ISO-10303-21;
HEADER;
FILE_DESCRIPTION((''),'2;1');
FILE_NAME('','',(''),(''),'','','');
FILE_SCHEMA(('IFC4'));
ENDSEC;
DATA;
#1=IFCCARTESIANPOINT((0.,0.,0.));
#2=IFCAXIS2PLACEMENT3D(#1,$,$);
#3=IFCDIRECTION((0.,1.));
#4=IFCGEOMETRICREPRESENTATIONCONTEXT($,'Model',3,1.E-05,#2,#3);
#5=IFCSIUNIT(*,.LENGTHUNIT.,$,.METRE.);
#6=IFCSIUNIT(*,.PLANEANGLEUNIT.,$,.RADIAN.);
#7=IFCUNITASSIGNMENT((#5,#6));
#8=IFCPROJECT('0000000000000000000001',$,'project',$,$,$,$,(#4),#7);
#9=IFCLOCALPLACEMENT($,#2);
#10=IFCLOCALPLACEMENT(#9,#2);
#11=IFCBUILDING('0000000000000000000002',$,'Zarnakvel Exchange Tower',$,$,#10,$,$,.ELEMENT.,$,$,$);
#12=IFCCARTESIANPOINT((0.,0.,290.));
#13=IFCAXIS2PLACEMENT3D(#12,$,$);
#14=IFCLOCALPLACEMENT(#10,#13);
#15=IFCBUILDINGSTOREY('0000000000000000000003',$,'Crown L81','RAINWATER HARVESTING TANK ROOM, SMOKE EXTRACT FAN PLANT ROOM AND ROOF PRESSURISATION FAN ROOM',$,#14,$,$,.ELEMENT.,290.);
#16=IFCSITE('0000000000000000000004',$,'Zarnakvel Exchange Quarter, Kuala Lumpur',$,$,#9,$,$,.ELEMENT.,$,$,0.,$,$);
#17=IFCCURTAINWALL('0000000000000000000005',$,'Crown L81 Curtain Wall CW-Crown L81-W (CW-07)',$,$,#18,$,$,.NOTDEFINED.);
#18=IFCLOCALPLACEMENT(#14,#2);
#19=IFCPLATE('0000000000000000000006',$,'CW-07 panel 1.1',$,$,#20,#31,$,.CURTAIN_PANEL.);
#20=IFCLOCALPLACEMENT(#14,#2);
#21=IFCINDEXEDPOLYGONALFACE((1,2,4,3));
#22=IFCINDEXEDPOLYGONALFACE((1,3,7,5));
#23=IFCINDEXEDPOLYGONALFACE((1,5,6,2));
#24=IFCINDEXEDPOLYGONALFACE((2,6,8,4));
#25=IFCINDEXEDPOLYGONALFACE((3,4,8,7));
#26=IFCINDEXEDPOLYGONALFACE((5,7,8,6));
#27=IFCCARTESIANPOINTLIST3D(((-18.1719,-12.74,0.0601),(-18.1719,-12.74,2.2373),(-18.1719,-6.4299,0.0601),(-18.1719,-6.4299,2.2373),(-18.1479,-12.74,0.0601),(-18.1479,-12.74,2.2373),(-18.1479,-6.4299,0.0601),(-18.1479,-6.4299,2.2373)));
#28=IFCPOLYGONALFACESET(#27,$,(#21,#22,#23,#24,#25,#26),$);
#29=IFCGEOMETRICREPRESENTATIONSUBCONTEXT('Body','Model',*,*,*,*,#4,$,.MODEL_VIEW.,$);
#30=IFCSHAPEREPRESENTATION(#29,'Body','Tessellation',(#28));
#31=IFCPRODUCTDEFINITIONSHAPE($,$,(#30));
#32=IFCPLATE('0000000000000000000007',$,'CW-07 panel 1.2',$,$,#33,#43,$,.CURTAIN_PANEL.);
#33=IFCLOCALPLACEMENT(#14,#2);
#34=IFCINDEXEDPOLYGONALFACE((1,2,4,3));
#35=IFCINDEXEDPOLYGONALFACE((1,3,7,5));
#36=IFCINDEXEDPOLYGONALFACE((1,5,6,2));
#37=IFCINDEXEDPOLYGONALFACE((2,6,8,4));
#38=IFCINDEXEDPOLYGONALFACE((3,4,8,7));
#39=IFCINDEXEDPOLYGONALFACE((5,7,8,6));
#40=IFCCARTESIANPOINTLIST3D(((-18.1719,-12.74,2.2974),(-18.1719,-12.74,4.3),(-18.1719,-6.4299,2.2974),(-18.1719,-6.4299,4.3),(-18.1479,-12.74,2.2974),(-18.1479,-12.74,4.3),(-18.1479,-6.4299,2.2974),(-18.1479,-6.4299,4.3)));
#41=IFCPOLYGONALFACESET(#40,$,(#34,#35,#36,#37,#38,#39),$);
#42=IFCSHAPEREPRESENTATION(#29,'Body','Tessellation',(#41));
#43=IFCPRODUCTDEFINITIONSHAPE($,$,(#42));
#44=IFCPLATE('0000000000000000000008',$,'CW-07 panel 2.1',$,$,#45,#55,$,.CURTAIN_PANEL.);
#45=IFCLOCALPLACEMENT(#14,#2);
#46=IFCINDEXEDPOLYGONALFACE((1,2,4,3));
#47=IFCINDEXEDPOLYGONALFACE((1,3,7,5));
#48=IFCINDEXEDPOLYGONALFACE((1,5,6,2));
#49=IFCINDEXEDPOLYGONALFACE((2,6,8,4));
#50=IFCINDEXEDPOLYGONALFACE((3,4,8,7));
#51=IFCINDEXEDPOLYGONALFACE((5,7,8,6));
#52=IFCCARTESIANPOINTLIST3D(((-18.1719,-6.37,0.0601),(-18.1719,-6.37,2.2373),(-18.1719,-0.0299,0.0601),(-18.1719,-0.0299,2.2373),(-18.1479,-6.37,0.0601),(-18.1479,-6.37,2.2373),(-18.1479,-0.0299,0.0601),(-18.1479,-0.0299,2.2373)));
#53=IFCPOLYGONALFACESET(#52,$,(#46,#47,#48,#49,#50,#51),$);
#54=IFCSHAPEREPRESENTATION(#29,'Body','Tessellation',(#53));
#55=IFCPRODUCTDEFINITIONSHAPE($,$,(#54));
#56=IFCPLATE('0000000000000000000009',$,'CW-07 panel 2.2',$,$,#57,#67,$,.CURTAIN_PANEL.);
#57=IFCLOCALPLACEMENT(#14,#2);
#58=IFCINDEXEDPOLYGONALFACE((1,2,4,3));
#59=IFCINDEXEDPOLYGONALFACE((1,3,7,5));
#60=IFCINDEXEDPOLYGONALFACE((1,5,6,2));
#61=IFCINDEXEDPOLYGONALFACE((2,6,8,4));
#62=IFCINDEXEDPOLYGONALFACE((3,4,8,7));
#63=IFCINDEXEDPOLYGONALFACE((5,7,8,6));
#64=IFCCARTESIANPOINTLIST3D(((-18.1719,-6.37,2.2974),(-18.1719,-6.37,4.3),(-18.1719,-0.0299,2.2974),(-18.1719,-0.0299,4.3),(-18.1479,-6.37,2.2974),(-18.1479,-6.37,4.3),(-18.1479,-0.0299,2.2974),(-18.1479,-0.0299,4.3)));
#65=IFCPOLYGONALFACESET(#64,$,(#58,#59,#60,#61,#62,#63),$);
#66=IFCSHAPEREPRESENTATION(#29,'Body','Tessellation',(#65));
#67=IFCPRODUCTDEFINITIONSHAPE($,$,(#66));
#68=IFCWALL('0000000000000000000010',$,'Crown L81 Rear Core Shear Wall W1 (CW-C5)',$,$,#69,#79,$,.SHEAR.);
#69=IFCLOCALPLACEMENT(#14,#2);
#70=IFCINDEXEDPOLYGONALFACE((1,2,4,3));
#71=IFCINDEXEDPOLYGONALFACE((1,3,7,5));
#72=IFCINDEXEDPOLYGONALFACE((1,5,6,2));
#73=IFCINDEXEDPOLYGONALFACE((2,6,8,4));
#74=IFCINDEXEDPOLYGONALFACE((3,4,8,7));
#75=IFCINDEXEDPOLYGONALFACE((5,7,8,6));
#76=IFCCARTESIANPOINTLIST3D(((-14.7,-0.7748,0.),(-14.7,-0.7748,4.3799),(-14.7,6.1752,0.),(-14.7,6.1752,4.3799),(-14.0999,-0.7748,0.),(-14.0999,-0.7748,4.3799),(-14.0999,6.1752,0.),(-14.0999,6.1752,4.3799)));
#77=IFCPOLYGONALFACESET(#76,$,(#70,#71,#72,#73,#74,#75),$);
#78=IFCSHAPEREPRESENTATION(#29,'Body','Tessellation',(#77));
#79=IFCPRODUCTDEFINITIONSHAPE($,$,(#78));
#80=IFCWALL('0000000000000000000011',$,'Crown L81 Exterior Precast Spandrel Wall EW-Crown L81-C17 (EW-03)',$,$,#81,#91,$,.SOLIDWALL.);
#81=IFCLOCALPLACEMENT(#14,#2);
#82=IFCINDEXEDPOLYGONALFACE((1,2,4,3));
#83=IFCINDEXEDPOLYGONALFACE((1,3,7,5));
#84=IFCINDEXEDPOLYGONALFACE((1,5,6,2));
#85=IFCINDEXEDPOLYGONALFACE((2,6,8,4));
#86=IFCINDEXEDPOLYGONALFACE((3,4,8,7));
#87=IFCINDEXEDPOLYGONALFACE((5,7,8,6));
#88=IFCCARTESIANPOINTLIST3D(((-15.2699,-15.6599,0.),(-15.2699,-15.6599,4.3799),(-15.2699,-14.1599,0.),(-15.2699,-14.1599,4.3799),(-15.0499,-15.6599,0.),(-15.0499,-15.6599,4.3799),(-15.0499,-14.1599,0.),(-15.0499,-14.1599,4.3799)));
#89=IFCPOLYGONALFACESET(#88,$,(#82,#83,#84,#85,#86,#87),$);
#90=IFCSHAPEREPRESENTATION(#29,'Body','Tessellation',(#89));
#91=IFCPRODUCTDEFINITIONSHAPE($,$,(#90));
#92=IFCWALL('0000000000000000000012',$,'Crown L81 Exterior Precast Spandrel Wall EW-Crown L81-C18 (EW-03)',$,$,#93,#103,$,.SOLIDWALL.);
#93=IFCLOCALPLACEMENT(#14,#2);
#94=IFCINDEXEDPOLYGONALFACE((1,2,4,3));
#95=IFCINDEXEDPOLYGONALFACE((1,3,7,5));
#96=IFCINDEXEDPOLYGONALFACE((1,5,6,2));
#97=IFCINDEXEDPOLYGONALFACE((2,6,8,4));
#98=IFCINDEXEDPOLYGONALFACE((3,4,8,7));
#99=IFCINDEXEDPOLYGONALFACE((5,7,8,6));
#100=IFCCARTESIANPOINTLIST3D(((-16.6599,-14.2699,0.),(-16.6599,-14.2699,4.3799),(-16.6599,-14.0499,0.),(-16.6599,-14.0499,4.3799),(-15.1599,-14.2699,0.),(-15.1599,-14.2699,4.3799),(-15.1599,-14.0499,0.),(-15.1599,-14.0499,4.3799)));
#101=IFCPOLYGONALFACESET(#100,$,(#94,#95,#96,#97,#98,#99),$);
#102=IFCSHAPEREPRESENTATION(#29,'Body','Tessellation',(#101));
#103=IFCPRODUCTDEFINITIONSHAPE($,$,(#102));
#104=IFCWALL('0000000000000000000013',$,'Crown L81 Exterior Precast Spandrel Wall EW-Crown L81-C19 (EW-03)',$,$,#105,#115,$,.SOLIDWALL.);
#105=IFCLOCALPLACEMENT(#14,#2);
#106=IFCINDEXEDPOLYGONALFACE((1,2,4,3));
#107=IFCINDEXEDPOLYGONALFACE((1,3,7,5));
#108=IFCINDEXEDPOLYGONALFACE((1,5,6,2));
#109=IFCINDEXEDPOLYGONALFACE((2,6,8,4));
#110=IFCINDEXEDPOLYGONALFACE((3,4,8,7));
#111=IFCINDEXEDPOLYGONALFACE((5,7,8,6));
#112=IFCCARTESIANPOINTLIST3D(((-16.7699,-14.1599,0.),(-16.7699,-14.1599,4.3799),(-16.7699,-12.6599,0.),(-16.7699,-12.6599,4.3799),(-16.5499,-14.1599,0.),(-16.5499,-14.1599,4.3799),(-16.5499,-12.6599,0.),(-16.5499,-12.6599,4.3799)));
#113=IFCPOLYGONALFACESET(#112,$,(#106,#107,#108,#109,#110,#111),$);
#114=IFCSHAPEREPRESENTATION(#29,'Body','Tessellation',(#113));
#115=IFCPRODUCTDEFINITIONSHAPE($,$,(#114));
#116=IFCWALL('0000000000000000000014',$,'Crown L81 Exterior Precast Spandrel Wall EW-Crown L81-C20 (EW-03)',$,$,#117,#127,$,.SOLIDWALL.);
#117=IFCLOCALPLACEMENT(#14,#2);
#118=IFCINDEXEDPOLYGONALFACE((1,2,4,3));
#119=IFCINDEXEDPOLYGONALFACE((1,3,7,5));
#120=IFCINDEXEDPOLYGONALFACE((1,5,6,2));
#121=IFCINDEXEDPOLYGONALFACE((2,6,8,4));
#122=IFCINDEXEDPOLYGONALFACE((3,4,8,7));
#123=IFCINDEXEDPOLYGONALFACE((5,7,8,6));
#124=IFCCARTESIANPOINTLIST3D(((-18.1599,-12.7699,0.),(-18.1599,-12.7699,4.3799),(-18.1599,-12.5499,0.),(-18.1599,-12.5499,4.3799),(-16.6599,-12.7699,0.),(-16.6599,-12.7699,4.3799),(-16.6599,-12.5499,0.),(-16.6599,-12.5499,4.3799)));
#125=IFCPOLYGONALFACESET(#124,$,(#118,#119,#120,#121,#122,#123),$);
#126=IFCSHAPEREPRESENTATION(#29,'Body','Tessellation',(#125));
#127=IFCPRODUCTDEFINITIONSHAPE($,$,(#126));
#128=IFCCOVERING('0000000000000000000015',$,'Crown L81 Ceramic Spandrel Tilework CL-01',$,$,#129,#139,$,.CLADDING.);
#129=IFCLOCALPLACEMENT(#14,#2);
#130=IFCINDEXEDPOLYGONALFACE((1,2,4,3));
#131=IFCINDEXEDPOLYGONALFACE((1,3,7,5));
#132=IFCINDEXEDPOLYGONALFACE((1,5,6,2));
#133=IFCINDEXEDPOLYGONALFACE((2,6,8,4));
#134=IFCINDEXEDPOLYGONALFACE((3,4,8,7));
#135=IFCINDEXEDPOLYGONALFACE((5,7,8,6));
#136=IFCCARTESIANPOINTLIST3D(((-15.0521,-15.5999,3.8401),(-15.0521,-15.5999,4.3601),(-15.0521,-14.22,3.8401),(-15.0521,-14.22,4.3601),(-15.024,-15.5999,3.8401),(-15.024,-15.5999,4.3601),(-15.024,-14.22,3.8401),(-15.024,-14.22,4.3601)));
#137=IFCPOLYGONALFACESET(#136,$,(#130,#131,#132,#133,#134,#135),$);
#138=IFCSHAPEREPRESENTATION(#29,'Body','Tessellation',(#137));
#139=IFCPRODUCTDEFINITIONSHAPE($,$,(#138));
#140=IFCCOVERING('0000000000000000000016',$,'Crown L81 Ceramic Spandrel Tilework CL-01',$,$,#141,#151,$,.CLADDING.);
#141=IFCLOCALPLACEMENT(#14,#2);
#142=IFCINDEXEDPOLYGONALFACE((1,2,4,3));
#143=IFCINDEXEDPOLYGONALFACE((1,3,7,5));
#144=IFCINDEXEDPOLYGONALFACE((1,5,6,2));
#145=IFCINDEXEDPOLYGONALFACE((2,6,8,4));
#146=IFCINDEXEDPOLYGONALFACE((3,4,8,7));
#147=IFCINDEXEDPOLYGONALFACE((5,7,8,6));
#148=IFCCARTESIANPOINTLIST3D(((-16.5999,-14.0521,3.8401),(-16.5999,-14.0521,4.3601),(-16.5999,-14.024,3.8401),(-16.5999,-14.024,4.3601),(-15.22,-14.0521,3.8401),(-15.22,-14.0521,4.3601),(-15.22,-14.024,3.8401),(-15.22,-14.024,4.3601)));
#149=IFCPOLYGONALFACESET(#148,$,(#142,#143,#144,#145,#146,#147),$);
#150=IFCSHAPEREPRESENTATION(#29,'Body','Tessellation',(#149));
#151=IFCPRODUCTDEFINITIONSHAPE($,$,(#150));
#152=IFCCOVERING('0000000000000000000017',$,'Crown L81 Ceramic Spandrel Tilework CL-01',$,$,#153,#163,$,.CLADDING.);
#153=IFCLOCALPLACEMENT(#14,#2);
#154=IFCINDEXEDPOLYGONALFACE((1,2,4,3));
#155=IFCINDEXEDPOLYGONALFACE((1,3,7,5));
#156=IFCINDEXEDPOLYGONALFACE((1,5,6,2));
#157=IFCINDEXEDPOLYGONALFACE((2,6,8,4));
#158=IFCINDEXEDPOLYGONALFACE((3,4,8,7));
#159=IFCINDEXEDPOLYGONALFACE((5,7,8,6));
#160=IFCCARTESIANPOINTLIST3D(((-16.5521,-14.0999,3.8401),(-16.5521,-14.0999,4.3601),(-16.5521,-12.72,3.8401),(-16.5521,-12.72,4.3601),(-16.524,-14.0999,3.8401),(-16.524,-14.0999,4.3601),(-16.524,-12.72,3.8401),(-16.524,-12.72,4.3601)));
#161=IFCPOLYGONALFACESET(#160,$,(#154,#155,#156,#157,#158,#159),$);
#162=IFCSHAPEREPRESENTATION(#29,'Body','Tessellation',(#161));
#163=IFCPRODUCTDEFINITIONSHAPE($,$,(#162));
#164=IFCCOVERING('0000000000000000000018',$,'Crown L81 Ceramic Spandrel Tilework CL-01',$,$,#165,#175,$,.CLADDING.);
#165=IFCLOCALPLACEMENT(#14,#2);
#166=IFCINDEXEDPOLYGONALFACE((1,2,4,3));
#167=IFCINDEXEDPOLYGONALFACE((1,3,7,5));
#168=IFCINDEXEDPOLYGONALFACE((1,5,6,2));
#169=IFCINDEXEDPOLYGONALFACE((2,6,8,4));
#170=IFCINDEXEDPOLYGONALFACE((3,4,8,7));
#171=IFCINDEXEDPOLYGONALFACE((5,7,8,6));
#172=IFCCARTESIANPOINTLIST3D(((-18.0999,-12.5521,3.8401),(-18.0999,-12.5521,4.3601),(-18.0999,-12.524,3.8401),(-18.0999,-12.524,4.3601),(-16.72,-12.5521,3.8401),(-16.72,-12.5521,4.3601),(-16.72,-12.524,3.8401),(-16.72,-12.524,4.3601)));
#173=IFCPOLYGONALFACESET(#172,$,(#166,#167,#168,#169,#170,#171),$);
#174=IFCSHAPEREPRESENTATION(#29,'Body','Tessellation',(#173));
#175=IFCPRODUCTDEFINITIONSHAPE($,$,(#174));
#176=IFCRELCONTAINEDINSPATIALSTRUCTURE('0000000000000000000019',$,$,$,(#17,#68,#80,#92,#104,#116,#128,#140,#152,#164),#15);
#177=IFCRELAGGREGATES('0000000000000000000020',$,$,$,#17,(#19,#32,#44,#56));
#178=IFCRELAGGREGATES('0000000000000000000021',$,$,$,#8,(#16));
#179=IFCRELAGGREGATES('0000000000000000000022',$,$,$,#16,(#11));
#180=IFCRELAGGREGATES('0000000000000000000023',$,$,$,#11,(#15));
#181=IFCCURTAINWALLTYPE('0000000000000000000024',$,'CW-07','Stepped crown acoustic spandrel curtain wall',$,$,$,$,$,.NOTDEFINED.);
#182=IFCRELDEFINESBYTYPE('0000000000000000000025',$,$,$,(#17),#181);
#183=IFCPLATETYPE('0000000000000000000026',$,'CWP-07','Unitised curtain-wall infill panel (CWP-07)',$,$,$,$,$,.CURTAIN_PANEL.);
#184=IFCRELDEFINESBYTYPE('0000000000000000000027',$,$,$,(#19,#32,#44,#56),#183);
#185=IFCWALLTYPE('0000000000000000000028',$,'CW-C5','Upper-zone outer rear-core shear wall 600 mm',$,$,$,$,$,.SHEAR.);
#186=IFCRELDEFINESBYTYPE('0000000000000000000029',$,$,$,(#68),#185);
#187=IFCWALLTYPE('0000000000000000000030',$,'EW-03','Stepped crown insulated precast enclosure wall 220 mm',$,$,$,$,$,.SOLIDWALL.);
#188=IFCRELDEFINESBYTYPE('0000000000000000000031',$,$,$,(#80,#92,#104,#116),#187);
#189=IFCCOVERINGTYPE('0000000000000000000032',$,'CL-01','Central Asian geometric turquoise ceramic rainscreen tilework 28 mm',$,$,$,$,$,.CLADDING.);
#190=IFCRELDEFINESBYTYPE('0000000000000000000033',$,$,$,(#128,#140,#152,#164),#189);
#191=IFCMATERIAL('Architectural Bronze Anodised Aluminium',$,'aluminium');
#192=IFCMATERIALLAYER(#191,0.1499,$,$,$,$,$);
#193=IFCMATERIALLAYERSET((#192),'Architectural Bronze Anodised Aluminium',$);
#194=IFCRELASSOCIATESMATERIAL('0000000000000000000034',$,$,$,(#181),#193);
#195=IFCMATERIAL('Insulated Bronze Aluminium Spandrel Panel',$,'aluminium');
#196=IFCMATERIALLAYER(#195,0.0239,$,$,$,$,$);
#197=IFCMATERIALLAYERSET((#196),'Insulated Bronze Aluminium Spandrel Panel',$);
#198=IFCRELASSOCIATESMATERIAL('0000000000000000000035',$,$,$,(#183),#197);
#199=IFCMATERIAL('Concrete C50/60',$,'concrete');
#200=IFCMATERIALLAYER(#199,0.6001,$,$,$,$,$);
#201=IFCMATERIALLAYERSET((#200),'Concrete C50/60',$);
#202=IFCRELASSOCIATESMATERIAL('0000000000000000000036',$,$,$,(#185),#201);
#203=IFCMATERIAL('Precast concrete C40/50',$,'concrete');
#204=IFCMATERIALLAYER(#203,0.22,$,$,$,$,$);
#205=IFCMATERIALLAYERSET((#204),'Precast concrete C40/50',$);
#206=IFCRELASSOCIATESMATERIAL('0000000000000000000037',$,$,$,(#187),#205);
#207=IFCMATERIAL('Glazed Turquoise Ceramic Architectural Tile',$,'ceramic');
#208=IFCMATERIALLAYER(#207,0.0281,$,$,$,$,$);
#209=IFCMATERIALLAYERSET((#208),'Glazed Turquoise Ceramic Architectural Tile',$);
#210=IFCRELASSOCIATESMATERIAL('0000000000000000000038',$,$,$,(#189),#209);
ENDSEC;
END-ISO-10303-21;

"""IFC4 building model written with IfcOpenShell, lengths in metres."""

from ifc_helpers import new_model, si_unit, direction, frame, frame_2d, origin, origin_2d, place, context, subcontext, project, spatial, rectangle, extrude, source, transform, mapped, material, layer, layer_set, type_object, element, aggregate, save


model = new_model("IFC4")

# Units and contexts
model_context = context("Model", 3, precision=1e-05, world=origin(), true_north=direction((0.0, 1.0)))
body_context = subcontext(model_context, "Body", "Model", "MODEL_VIEW")
ifc_project = project(units=[si_unit("LENGTHUNIT", "METRE"), si_unit("PLANEANGLEUNIT", "RADIAN")], contexts=[model_context])

# Site, building, storey
site_placement = place(None, origin())
site = spatial("IfcSite", under=ifc_project, at=site_placement, Name="Zarnakvel Exchange Quarter, Kuala Lumpur", CompositionType="ELEMENT", RefElevation=0.0)
building_placement = place(site_placement, origin())
building = spatial("IfcBuilding", under=site, at=building_placement, Name="Zarnakvel Exchange Tower", CompositionType="ELEMENT")
storey_placement = place(building_placement, frame((0.0, 0.0, 290.0)))
storey = spatial("IfcBuildingStorey", under=building, at=storey_placement, Name="Crown L81", Description="RAINWATER HARVESTING TANK ROOM, SMOKE EXTRACT FAN PLANT ROOM AND ROOF PRESSURISATION FAN ROOM", CompositionType="ELEMENT", Elevation=290.0)

# Shared definitions
ifc_material_1 = material(Name="Concrete C50/60", Category="concrete")

# Shared definitions
ifc_material_2 = material(Name="Architectural Bronze Anodised Aluminium", Category="aluminium")
ifc_layer_1 = layer(ifc_material_2, 0.1499)
ifc_layer_set_1 = layer_set([ifc_layer_1], Name="Architectural Bronze Anodised Aluminium")
curtain_wall_type = type_object("IfcCurtainWallType", Name="CW-07", Description="Stepped crown acoustic spandrel curtain wall", PredefinedType="NOTDEFINED", material=ifc_layer_set_1)

# Curtain wall
curtain_wall_1_placement = place(storey_placement, origin())
curtain_wall_1 = element("IfcCurtainWall", 1, at=curtain_wall_1_placement, inside=storey, type_object=curtain_wall_type, Name="Crown L81 Curtain Wall CW-Crown L81-W (CW-07)", PredefinedType="NOTDEFINED")

# Plates
ifc_material_3 = material(Name="Insulated Bronze Aluminium Spandrel Panel", Category="aluminium")
ifc_layer_2 = layer(ifc_material_3, 0.0239)
ifc_layer_set_2 = layer_set([ifc_layer_2], Name="Insulated Bronze Aluminium Spandrel Panel")
plate_type = type_object("IfcPlateType", Name="CWP-07", Description="Unitised curtain-wall infill panel (CWP-07)", PredefinedType="CURTAIN_PANEL", material=ifc_layer_set_2)
shared_shape_1 = source(origin(), body_context, "Body", "SweptSolid", [
    extrude(rectangle(XDim=6.3101, YDim=0.0239, at=origin_2d()), origin(), (0.0, 0.0, 1.0), 2.1772),
])
plate_1_placement = place(storey_placement, frame((-18.1599, -9.585, 0.0601), z_axis=(0.0, 0.0, 1.0), x_axis=(0.0, 1.0, 0.0)))
plate_1 = element("IfcPlate", 2, at=plate_1_placement, type_object=plate_type, Name="CW-07 panel 1.1", PredefinedType="CURTAIN_PANEL", context=body_context, shape_type="MappedRepresentation", body=[
    mapped(shared_shape_1, transform((0.0, 0.0, 0.0), x_axis=(1.0, 0.0, 0.0), y_axis=(0.0, 1.0, 0.0), z_axis=(0.0, 0.0, 1.0), scale=1.0)),
])
shared_shape_2 = source(origin(), body_context, "Body", "SweptSolid", [
    extrude(rectangle(XDim=6.3101, YDim=0.0239, at=origin_2d()), origin(), (0.0, 0.0, 1.0), 2.0027),
])
plate_2_placement = place(storey_placement, frame((-18.1599, -9.585, 2.2974), z_axis=(0.0, 0.0, 1.0), x_axis=(0.0, 1.0, 0.0)))
plate_2 = element("IfcPlate", 3, at=plate_2_placement, type_object=plate_type, Name="CW-07 panel 1.2", PredefinedType="CURTAIN_PANEL", context=body_context, shape_type="MappedRepresentation", body=[
    mapped(shared_shape_2, transform((0.0, 0.0, 0.0), x_axis=(1.0, 0.0, 0.0), y_axis=(0.0, 1.0, 0.0), z_axis=(0.0, 0.0, 1.0), scale=1.0)),
])
shared_shape_3 = source(origin(), body_context, "Body", "SweptSolid", [
    extrude(rectangle(XDim=6.3401, YDim=0.0239, at=origin_2d()), origin(), (0.0, 0.0, 1.0), 2.1772),
])
plate_3_placement = place(storey_placement, frame((-18.1599, -3.2, 0.0601), z_axis=(0.0, 0.0, 1.0), x_axis=(0.0, 1.0, 0.0)))
plate_3 = element("IfcPlate", 4, at=plate_3_placement, type_object=plate_type, Name="CW-07 panel 2.1", PredefinedType="CURTAIN_PANEL", context=body_context, shape_type="MappedRepresentation", body=[
    mapped(shared_shape_3, transform((0.0, 0.0, 0.0), x_axis=(1.0, 0.0, 0.0), y_axis=(0.0, 1.0, 0.0), z_axis=(0.0, 0.0, 1.0), scale=1.0)),
])
shared_shape_4 = source(origin(), body_context, "Body", "SweptSolid", [
    extrude(rectangle(XDim=6.3401, YDim=0.0239, at=origin_2d()), origin(), (0.0, 0.0, 1.0), 2.0027),
])
plate_4_placement = place(storey_placement, frame((-18.1599, -3.2, 2.2974), z_axis=(0.0, 0.0, 1.0), x_axis=(0.0, 1.0, 0.0)))
plate_4 = element("IfcPlate", 5, at=plate_4_placement, type_object=plate_type, Name="CW-07 panel 2.2", PredefinedType="CURTAIN_PANEL", context=body_context, shape_type="MappedRepresentation", body=[
    mapped(shared_shape_4, transform((0.0, 0.0, 0.0), x_axis=(1.0, 0.0, 0.0), y_axis=(0.0, 1.0, 0.0), z_axis=(0.0, 0.0, 1.0), scale=1.0)),
])
aggregate(curtain_wall_1, [plate_1, plate_2, plate_3, plate_4])

# Walls
ifc_layer_3 = layer(ifc_material_1, 0.6001)
ifc_layer_set_3 = layer_set([ifc_layer_3], Name="Concrete C50/60")
wall_type_1 = type_object("IfcWallType", Name="CW-C5", Description="Upper-zone outer rear-core shear wall 600 mm", PredefinedType="SHEAR", material=ifc_layer_set_3)
wall_placement = place(storey_placement, frame((-14.3999, -0.7749, 0.0), z_axis=(0.0, 0.0, 1.0), x_axis=(0.0, 1.0, 0.0)))
element("IfcWall", 6, at=wall_placement, inside=storey, type_object=wall_type_1, Name="Crown L81 Rear Core Shear Wall W1 (CW-C5)", PredefinedType="SHEAR", context=body_context, shape_type="SweptSolid", body=[
    extrude(rectangle(XDim=6.95, YDim=0.6001, at=frame_2d((3.4751, 0.0))), origin(), (0.0, 0.0, 1.0), 4.3799),
])
ifc_material_4 = material(Name="Precast concrete C40/50", Category="concrete")
ifc_layer_4 = layer(ifc_material_4, 0.22)
ifc_layer_set_4 = layer_set([ifc_layer_4], Name="Precast concrete C40/50")
wall_type_2 = type_object("IfcWallType", Name="EW-03", Description="Stepped crown insulated precast enclosure wall 220 mm", PredefinedType="SOLIDWALL", material=ifc_layer_set_4)
for number, where, z_axis, x_axis, name in (
    (7, (-15.1599, -14.1599, 0.0), (0.0, 0.0, 1.0), (0.0, -1.0, 0.0), "Crown L81 Exterior Precast Spandrel Wall EW-Crown L81-C17 (EW-03)"),
    (8, (-16.6599, -14.1599, 0.0), (0.0, 0.0, 1.0), (1.0, 0.0, 0.0), "Crown L81 Exterior Precast Spandrel Wall EW-Crown L81-C18 (EW-03)"),
    (9, (-16.6599, -12.6599, 0.0), (0.0, 0.0, 1.0), (0.0, -1.0, 0.0), "Crown L81 Exterior Precast Spandrel Wall EW-Crown L81-C19 (EW-03)"),
    (10, (-18.1599, -12.6599, 0.0), (0.0, 0.0, 1.0), (1.0, 0.0, 0.0), "Crown L81 Exterior Precast Spandrel Wall EW-Crown L81-C20 (EW-03)"),
):
    element("IfcWall", number, at=place(storey_placement, frame(where, z_axis=z_axis, x_axis=x_axis)), inside=storey, type_object=wall_type_2, Name=name, PredefinedType="SOLIDWALL", context=body_context, shape_type="SweptSolid", body=[
        extrude(rectangle(XDim=1.5, YDim=0.22, at=frame_2d((0.75, 0.0))), origin(), (0.0, 0.0, 1.0), 4.3799),
    ])

# Coverings
ifc_material_5 = material(Name="Glazed Turquoise Ceramic Architectural Tile", Category="ceramic")
ifc_layer_5 = layer(ifc_material_5, 0.0281)
ifc_layer_set_5 = layer_set([ifc_layer_5], Name="Glazed Turquoise Ceramic Architectural Tile")
covering_type = type_object("IfcCoveringType", Name="CL-01", Description="Central Asian geometric turquoise ceramic rainscreen tilework 28 mm", PredefinedType="CLADDING", material=ifc_layer_set_5)
shared_shape_5 = source(origin(), body_context, "Body", "SweptSolid", [
    extrude(rectangle(XDim=1.3799, YDim=0.0281, at=origin_2d()), origin(), (0.0, 0.0, 1.0), 0.52),
])
for number, where, z_axis, x_axis, name in (
    (11, (-15.0381, -14.9099, 3.8401), (0.0, 0.0, 1.0), (0.0, -1.0, 0.0), "Crown L81 Ceramic Spandrel Tilework CL-01"),
    (12, (-15.9099, -14.0381, 3.8401), (0.0, 0.0, 1.0), (1.0, 0.0, 0.0), "Crown L81 Ceramic Spandrel Tilework CL-01"),
    (13, (-16.5381, -13.4099, 3.8401), (0.0, 0.0, 1.0), (0.0, -1.0, 0.0), "Crown L81 Ceramic Spandrel Tilework CL-01"),
    (14, (-17.4099, -12.5381, 3.8401), (0.0, 0.0, 1.0), (1.0, 0.0, 0.0), "Crown L81 Ceramic Spandrel Tilework CL-01"),
):
    element("IfcCovering", number, at=place(storey_placement, frame(where, z_axis=z_axis, x_axis=x_axis)), inside=storey, type_object=covering_type, Name=name, PredefinedType="CLADDING", context=body_context, shape_type="MappedRepresentation", body=[
        mapped(shared_shape_5, transform((0.0, 0.0, 0.0), x_axis=(1.0, 0.0, 0.0), y_axis=(0.0, 1.0, 0.0), z_axis=(0.0, 0.0, 1.0), scale=1.0)),
    ])

save(model, "model.ifc")
